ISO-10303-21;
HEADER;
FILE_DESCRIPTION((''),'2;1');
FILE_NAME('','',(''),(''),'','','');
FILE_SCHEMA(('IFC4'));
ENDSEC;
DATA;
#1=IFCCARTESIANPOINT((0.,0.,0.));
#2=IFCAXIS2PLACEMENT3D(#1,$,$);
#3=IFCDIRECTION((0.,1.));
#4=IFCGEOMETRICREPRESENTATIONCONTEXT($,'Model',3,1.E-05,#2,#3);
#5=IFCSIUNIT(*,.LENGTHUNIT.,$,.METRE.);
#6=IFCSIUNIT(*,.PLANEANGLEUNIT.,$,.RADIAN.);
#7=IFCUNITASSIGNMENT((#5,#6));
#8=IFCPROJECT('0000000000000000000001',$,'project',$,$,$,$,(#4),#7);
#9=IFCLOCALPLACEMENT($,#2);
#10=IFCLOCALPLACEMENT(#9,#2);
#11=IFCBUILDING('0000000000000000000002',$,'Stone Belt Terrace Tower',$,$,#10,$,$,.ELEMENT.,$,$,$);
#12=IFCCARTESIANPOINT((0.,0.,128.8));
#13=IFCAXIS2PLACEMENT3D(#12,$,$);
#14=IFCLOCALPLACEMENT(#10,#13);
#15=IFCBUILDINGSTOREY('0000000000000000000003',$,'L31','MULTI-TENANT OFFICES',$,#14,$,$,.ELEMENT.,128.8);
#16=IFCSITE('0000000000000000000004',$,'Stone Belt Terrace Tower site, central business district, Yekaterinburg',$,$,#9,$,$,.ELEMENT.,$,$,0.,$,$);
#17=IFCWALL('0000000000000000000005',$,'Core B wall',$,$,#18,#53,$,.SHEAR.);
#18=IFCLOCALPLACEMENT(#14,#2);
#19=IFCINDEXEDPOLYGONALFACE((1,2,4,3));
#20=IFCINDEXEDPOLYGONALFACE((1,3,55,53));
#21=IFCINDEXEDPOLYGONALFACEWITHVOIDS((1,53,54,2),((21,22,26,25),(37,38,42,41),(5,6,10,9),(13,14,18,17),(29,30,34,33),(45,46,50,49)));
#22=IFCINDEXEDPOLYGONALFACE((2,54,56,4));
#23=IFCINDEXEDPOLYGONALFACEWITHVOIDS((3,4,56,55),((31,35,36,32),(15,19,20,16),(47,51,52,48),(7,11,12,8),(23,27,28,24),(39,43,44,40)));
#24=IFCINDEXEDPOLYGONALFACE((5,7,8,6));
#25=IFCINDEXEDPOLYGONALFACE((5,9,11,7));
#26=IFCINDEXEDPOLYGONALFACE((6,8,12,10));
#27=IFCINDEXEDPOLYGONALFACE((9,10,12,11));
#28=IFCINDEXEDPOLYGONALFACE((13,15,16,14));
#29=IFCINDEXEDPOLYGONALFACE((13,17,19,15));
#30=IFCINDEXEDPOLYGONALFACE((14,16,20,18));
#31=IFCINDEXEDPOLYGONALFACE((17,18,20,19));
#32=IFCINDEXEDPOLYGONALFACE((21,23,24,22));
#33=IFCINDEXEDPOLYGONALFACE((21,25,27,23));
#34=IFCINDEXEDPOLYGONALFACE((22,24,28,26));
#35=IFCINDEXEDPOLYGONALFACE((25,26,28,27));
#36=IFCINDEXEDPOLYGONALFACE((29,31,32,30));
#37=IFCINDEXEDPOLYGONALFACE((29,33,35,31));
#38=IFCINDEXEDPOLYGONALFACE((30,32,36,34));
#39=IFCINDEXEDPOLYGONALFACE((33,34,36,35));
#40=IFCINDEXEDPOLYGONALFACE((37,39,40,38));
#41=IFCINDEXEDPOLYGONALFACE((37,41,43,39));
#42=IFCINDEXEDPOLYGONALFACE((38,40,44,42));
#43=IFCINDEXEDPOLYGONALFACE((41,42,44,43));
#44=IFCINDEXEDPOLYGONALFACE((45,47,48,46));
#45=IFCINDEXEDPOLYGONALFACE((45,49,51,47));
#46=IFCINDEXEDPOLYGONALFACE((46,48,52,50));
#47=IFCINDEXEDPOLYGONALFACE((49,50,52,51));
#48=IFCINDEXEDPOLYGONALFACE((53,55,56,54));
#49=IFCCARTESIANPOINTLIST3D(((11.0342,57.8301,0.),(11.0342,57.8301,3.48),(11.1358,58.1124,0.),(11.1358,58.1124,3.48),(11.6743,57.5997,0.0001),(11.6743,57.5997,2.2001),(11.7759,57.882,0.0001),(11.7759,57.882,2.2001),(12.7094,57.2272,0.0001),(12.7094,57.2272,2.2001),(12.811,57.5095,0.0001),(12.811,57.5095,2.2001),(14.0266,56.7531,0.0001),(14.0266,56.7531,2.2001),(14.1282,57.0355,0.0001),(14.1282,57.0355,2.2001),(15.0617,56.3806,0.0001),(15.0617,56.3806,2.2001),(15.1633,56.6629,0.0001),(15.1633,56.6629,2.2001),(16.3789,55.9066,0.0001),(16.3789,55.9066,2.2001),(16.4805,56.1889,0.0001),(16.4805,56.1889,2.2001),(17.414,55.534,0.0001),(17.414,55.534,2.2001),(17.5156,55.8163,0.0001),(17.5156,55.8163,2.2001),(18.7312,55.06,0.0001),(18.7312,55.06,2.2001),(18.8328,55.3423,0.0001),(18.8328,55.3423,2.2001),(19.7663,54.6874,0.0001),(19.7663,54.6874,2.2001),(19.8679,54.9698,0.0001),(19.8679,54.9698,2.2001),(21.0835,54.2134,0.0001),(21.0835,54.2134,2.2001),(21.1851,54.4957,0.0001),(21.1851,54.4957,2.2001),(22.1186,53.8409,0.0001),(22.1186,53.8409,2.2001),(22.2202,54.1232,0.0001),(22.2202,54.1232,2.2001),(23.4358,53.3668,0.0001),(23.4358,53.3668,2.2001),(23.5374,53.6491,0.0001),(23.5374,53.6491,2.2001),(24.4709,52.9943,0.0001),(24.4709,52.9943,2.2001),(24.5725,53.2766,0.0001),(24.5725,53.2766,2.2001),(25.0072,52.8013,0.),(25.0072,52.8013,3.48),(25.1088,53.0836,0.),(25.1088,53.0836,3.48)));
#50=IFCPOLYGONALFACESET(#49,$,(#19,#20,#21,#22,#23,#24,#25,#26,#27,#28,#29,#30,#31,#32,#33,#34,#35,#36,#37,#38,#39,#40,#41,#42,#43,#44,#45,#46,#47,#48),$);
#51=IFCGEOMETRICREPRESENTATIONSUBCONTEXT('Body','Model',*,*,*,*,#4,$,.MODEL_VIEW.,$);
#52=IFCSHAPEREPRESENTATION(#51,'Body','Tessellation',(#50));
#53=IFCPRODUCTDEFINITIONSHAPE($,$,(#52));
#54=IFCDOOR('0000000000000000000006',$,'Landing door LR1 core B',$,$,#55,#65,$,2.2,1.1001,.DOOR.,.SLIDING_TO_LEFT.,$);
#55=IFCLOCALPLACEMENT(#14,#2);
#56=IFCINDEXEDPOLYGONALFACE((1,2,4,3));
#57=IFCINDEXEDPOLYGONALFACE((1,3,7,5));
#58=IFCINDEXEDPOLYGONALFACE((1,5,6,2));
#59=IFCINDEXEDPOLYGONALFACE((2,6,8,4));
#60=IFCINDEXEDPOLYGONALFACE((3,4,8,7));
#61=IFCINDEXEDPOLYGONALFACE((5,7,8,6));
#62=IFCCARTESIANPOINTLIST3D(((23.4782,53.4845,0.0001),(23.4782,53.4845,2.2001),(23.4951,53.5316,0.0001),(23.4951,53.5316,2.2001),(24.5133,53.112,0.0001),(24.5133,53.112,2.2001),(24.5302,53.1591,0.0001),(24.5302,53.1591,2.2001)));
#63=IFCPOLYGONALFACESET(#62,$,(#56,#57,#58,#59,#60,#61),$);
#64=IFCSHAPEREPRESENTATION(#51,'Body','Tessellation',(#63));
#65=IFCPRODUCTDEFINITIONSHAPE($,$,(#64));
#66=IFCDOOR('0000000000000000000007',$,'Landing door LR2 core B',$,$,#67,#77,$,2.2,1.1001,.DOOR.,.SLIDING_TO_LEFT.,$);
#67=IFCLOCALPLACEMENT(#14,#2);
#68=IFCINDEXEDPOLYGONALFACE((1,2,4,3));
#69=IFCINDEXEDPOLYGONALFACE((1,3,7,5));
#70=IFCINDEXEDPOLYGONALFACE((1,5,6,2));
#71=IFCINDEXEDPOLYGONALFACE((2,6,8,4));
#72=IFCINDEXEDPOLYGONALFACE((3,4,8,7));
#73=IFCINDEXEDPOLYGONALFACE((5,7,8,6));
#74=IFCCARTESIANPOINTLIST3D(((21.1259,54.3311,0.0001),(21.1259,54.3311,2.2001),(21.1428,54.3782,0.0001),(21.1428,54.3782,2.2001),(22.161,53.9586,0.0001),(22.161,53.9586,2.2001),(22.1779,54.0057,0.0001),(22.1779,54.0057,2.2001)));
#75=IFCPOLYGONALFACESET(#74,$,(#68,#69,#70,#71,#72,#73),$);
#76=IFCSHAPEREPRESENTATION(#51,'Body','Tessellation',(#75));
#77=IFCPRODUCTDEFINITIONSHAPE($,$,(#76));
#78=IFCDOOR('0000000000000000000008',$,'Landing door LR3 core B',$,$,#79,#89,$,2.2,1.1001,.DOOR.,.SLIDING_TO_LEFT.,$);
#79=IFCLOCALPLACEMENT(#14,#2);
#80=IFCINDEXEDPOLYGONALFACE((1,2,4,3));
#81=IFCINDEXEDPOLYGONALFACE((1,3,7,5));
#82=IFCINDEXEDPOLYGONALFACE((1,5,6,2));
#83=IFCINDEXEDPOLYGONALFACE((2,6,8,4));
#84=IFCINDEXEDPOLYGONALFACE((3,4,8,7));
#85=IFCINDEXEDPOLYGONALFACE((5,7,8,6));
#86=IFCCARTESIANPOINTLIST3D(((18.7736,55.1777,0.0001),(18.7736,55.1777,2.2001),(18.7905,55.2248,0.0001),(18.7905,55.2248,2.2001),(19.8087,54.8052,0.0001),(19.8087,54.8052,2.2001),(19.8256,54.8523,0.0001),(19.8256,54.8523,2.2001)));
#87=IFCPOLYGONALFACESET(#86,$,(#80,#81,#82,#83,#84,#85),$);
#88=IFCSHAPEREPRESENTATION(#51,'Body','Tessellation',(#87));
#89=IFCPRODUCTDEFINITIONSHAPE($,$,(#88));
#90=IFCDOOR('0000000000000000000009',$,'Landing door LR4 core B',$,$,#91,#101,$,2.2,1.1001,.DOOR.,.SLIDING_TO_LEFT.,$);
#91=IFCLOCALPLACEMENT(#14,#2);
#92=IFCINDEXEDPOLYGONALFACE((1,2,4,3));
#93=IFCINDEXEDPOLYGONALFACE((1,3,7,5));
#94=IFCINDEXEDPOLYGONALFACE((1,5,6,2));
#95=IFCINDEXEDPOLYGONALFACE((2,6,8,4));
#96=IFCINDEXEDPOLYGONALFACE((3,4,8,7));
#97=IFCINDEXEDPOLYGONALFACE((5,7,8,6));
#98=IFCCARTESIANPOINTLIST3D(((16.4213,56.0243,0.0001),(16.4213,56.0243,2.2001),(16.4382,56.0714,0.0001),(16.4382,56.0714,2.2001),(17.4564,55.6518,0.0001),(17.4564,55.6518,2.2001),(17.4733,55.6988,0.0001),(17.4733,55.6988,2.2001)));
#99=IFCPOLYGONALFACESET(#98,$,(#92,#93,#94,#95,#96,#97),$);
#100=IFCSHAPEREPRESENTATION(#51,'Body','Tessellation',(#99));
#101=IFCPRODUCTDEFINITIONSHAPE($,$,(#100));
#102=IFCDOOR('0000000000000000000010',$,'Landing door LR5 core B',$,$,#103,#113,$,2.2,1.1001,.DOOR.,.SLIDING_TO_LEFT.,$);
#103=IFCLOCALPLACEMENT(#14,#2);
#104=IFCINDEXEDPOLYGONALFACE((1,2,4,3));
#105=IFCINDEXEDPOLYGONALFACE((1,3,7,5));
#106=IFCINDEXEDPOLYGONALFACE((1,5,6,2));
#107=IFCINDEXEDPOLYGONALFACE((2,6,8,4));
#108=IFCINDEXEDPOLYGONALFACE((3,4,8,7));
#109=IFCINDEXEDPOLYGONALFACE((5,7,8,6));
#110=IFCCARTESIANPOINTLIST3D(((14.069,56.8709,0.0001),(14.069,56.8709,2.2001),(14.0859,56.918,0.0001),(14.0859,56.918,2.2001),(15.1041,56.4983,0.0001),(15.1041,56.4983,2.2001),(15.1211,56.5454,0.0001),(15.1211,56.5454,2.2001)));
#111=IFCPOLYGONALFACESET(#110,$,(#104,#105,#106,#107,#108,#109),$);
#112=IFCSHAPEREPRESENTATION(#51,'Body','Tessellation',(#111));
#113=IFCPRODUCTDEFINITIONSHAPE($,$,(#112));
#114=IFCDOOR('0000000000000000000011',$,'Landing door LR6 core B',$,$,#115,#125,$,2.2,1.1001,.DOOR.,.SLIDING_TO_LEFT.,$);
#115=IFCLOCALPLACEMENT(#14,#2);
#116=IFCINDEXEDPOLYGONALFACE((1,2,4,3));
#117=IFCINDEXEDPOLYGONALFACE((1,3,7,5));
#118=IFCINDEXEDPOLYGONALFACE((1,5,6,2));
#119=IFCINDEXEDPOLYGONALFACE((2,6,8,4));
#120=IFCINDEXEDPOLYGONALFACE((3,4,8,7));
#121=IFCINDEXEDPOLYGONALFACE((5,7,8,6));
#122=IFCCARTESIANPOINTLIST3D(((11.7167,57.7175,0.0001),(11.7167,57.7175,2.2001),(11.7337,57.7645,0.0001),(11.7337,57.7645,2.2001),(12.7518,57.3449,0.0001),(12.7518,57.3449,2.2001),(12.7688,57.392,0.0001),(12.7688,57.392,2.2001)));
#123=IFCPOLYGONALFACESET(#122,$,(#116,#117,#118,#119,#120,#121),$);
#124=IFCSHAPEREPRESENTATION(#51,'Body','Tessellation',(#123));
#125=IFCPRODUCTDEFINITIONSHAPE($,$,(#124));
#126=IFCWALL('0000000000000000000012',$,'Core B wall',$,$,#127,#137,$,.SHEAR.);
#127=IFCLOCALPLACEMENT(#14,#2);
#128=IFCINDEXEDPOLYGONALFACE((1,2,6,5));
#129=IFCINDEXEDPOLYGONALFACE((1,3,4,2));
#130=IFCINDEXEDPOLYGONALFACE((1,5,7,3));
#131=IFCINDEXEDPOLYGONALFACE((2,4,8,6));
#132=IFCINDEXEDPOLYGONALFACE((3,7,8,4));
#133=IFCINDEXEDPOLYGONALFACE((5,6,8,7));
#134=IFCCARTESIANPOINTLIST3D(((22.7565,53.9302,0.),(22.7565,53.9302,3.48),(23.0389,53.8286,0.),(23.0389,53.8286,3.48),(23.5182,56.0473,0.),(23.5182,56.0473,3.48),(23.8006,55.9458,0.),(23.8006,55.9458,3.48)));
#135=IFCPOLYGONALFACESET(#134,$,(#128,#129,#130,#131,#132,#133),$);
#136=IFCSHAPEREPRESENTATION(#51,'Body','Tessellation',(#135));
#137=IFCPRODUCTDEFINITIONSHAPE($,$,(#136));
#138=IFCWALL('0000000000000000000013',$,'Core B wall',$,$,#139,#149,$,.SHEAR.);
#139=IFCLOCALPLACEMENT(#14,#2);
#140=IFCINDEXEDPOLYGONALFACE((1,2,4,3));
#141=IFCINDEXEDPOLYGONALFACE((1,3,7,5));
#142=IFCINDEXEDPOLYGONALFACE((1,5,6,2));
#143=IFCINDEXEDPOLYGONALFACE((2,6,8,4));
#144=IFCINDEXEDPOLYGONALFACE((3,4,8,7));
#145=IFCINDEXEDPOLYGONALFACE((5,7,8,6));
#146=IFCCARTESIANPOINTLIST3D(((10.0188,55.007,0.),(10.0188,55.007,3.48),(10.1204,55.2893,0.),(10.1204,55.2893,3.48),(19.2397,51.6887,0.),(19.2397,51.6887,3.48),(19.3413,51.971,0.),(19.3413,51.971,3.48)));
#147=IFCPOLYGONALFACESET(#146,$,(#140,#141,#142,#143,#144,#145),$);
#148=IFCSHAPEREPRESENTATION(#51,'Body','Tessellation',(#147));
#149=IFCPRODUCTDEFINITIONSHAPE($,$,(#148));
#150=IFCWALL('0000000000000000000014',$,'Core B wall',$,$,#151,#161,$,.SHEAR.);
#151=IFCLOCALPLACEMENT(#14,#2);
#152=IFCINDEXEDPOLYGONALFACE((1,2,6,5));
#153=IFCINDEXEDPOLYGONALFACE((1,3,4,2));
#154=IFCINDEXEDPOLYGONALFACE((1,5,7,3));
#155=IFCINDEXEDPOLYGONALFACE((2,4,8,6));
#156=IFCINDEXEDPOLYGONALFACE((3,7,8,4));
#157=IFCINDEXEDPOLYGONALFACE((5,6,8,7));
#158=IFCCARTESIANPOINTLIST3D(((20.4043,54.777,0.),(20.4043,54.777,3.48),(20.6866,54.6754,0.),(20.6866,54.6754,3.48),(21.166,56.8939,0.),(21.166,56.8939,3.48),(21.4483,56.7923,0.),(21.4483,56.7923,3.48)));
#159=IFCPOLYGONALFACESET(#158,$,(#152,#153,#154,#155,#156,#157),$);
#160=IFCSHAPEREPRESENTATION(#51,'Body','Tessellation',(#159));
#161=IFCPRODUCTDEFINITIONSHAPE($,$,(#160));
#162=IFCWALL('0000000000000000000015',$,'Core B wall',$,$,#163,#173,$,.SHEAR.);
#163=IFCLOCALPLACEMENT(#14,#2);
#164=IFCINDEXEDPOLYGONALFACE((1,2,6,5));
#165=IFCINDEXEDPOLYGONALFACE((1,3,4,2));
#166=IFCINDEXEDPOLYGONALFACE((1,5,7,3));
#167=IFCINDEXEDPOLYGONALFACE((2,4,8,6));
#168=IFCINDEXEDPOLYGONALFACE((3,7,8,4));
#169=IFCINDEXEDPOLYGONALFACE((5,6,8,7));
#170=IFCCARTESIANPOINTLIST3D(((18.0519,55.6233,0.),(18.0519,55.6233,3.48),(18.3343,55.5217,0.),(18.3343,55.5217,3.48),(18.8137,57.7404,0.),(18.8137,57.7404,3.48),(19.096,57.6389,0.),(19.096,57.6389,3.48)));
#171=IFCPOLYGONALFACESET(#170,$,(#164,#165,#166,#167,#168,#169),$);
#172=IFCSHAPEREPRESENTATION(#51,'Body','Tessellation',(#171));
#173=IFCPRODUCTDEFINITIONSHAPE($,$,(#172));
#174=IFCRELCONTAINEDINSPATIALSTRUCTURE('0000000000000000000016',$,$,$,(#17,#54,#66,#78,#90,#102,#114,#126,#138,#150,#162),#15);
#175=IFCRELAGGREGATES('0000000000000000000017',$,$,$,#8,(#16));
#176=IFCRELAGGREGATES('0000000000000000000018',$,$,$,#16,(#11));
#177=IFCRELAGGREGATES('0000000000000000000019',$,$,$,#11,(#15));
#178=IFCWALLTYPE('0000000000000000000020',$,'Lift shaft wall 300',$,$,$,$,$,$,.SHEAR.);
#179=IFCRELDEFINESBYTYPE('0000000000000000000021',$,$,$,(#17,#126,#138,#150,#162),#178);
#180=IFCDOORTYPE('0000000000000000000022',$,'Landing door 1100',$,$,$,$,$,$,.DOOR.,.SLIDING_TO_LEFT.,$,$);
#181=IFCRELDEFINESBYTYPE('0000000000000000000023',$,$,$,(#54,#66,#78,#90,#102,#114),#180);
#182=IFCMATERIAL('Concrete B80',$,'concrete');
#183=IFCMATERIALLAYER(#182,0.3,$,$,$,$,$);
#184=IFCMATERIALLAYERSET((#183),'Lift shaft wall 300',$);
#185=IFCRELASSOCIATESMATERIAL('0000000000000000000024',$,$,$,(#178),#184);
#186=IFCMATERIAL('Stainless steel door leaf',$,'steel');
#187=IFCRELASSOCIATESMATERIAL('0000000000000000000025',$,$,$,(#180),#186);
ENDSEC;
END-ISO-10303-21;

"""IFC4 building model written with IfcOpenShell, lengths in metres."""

from ifc_helpers import new_model, si_unit, direction, frame, frame_2d, origin, place, context, subcontext, project, spatial, rectangle, extrude, material, layer, layer_set, type_object, element, fill, save


model = new_model("IFC4")

# Units and contexts
model_context = context("Model", 3, precision=1e-05, world=origin(), true_north=direction((0.0, 1.0)))
body_context = subcontext(model_context, "Body", "Model", "MODEL_VIEW")
ifc_project = project(units=[si_unit("LENGTHUNIT", "METRE"), si_unit("PLANEANGLEUNIT", "RADIAN")], contexts=[model_context])

# Site, building, storey
site_placement = place(None, origin())
site = spatial("IfcSite", under=ifc_project, at=site_placement, Name="Stone Belt Terrace Tower site, central business district, Yekaterinburg", CompositionType="ELEMENT", RefElevation=0.0)
building_placement = place(site_placement, origin())
building = spatial("IfcBuilding", under=site, at=building_placement, Name="Stone Belt Terrace Tower", CompositionType="ELEMENT")
storey_placement = place(building_placement, frame((0.0, 0.0, 128.8)))
storey = spatial("IfcBuildingStorey", under=building, at=storey_placement, Name="L31", Description="MULTI-TENANT OFFICES", CompositionType="ELEMENT", Elevation=128.8)

# Shared definitions
ifc_material_1 = material(Name="Concrete B80", Category="concrete")

# Shared definitions
ifc_layer_1 = layer(ifc_material_1, 0.3)
ifc_layer_set_1 = layer_set([ifc_layer_1], Name="Lift shaft wall 300")
wall_type_1 = type_object("IfcWallType", Name="Lift shaft wall 300", PredefinedType="SHEAR", material=ifc_layer_set_1)
ifc_material_2 = material(Name="Stainless steel door leaf", Category="steel")

# Wall, openings, doors
wall_1_placement = place(storey_placement, frame((25.0581, 52.9424, 0.0), z_axis=(0.0, 0.0, 1.0), x_axis=(-0.940918, 0.338634, 0.0)))
wall_1 = element("IfcWall", 1, at=wall_1_placement, inside=storey, type_object=wall_type_1, Name="Core B wall", PredefinedType="SHEAR", context=body_context, shape_type="SweptSolid", body=[
    extrude(rectangle(XDim=14.8503, YDim=0.3, at=frame_2d((7.4253, 0.0))), origin(), (0.0, 0.0, 1.0), 3.48),
])
opening_1_placement = place(wall_1_placement, frame((0.5701, 0.0, 0.0)))
opening_1 = element("IfcOpeningElement", 2, at=opening_1_placement, cuts=wall_1, PredefinedType="OPENING", context=body_context, shape_type="SweptSolid", body=[
    extrude(rectangle(XDim=1.1001, YDim=2.2, at=frame_2d((0.55, 1.1001))), frame((0.0, 0.1599, 0.0), z_axis=(0.0, -1.0, 0.0), x_axis=(1.0, 0.0, 0.0)), (0.0, 0.0, 1.0), 0.3201),
])
opening_2_placement = place(wall_1_placement, frame((3.0701, 0.0, 0.0)))
opening_2 = element("IfcOpeningElement", 3, at=opening_2_placement, cuts=wall_1, PredefinedType="OPENING", context=body_context, shape_type="SweptSolid", body=[
    extrude(rectangle(XDim=1.1001, YDim=2.2, at=frame_2d((0.55, 1.1001))), frame((0.0, 0.1599, 0.0), z_axis=(0.0, -1.0, 0.0), x_axis=(1.0, 0.0, 0.0)), (0.0, 0.0, 1.0), 0.3201),
])
opening_3_placement = place(wall_1_placement, frame((5.5701, 0.0, 0.0)))
opening_3 = element("IfcOpeningElement", 4, at=opening_3_placement, cuts=wall_1, PredefinedType="OPENING", context=body_context, shape_type="SweptSolid", body=[
    extrude(rectangle(XDim=1.1001, YDim=2.2, at=frame_2d((0.55, 1.1001))), frame((0.0, 0.1599, 0.0), z_axis=(0.0, -1.0, 0.0), x_axis=(1.0, 0.0, 0.0)), (0.0, 0.0, 1.0), 0.3201),
])
opening_4_placement = place(wall_1_placement, frame((8.0701, 0.0, 0.0)))
opening_4 = element("IfcOpeningElement", 5, at=opening_4_placement, cuts=wall_1, PredefinedType="OPENING", context=body_context, shape_type="SweptSolid", body=[
    extrude(rectangle(XDim=1.1001, YDim=2.2, at=frame_2d((0.55, 1.1001))), frame((0.0, 0.1599, 0.0), z_axis=(0.0, -1.0, 0.0), x_axis=(1.0, 0.0, 0.0)), (0.0, 0.0, 1.0), 0.3201),
])
opening_5_placement = place(wall_1_placement, frame((10.5701, 0.0, 0.0)))
opening_5 = element("IfcOpeningElement", 6, at=opening_5_placement, cuts=wall_1, PredefinedType="OPENING", context=body_context, shape_type="SweptSolid", body=[
    extrude(rectangle(XDim=1.1001, YDim=2.2, at=frame_2d((0.55, 1.1001))), frame((0.0, 0.1599, 0.0), z_axis=(0.0, -1.0, 0.0), x_axis=(1.0, 0.0, 0.0)), (0.0, 0.0, 1.0), 0.3201),
])
opening_6_placement = place(wall_1_placement, frame((13.0701, 0.0, 0.0)))
opening_6 = element("IfcOpeningElement", 7, at=opening_6_placement, cuts=wall_1, PredefinedType="OPENING", context=body_context, shape_type="SweptSolid", body=[
    extrude(rectangle(XDim=1.1001, YDim=2.2, at=frame_2d((0.55, 1.1001))), frame((0.0, 0.1599, 0.0), z_axis=(0.0, -1.0, 0.0), x_axis=(1.0, 0.0, 0.0)), (0.0, 0.0, 1.0), 0.3201),
])
door_type_1 = type_object("IfcDoorType", Name="Landing door 1100", OperationType="SLIDING_TO_LEFT", PredefinedType="DOOR", material=ifc_material_2)
door_1_placement = place(opening_1_placement, origin())
door_1 = element("IfcDoor", 8, at=door_1_placement, inside=storey, type_object=door_type_1, Name="Landing door LR1 core B", OperationType="SLIDING_TO_LEFT", OverallHeight=2.2, OverallWidth=1.1001, PredefinedType="DOOR", context=body_context, shape_type="SweptSolid", body=[
    extrude(rectangle(XDim=1.1001, YDim=2.2, at=frame_2d((0.55, 1.1001))), frame((0.0, 0.0249, 0.0), z_axis=(0.0, -1.0, 0.0), x_axis=(1.0, 0.0, 0.0)), (0.0, 0.0, 1.0), 0.05),
])
fill(opening_1, door_1)
door_2_placement = place(opening_2_placement, origin())
door_2 = element("IfcDoor", 9, at=door_2_placement, inside=storey, type_object=door_type_1, Name="Landing door LR2 core B", OperationType="SLIDING_TO_LEFT", OverallHeight=2.2, OverallWidth=1.1001, PredefinedType="DOOR", context=body_context, shape_type="SweptSolid", body=[
    extrude(rectangle(XDim=1.1001, YDim=2.2, at=frame_2d((0.55, 1.1001))), frame((0.0, 0.0249, 0.0), z_axis=(0.0, -1.0, 0.0), x_axis=(1.0, 0.0, 0.0)), (0.0, 0.0, 1.0), 0.05),
])
fill(opening_2, door_2)
door_3_placement = place(opening_3_placement, origin())
door_3 = element("IfcDoor", 10, at=door_3_placement, inside=storey, type_object=door_type_1, Name="Landing door LR3 core B", OperationType="SLIDING_TO_LEFT", OverallHeight=2.2, OverallWidth=1.1001, PredefinedType="DOOR", context=body_context, shape_type="SweptSolid", body=[
    extrude(rectangle(XDim=1.1001, YDim=2.2, at=frame_2d((0.55, 1.1001))), frame((0.0, 0.0249, 0.0), z_axis=(0.0, -1.0, 0.0), x_axis=(1.0, 0.0, 0.0)), (0.0, 0.0, 1.0), 0.05),
])
fill(opening_3, door_3)
door_4_placement = place(opening_4_placement, origin())
door_4 = element("IfcDoor", 11, at=door_4_placement, inside=storey, type_object=door_type_1, Name="Landing door LR4 core B", OperationType="SLIDING_TO_LEFT", OverallHeight=2.2, OverallWidth=1.1001, PredefinedType="DOOR", context=body_context, shape_type="SweptSolid", body=[
    extrude(rectangle(XDim=1.1001, YDim=2.2, at=frame_2d((0.55, 1.1001))), frame((0.0, 0.0249, 0.0), z_axis=(0.0, -1.0, 0.0), x_axis=(1.0, 0.0, 0.0)), (0.0, 0.0, 1.0), 0.05),
])
fill(opening_4, door_4)
door_5_placement = place(opening_5_placement, origin())
door_5 = element("IfcDoor", 12, at=door_5_placement, inside=storey, type_object=door_type_1, Name="Landing door LR5 core B", OperationType="SLIDING_TO_LEFT", OverallHeight=2.2, OverallWidth=1.1001, PredefinedType="DOOR", context=body_context, shape_type="SweptSolid", body=[
    extrude(rectangle(XDim=1.1001, YDim=2.2, at=frame_2d((0.55, 1.1001))), frame((0.0, 0.0249, 0.0), z_axis=(0.0, -1.0, 0.0), x_axis=(1.0, 0.0, 0.0)), (0.0, 0.0, 1.0), 0.05),
])
fill(opening_5, door_5)
door_6_placement = place(opening_6_placement, origin())
door_6 = element("IfcDoor", 13, at=door_6_placement, inside=storey, type_object=door_type_1, Name="Landing door LR6 core B", OperationType="SLIDING_TO_LEFT", OverallHeight=2.2, OverallWidth=1.1001, PredefinedType="DOOR", context=body_context, shape_type="SweptSolid", body=[
    extrude(rectangle(XDim=1.1001, YDim=2.2, at=frame_2d((0.55, 1.1001))), frame((0.0, 0.0249, 0.0), z_axis=(0.0, -1.0, 0.0), x_axis=(1.0, 0.0, 0.0)), (0.0, 0.0, 1.0), 0.05),
])
fill(opening_6, door_6)

# Walls
wall_2_placement = place(storey_placement, frame((22.8977, 53.8794, 0.0), z_axis=(0.0, 0.0, 1.0), x_axis=(0.338535, 0.940954, 0.0)))
element("IfcWall", 14, at=wall_2_placement, inside=storey, type_object=wall_type_1, Name="Core B wall", PredefinedType="SHEAR", context=body_context, shape_type="SweptSolid", body=[
    extrude(rectangle(XDim=2.25, YDim=0.3, at=frame_2d((1.125, 0.0))), origin(), (0.0, 0.0, 1.0), 3.48),
])
wall_3_placement = place(storey_placement, frame((19.2905, 51.8298, 0.0), z_axis=(0.0, 0.0, 1.0), x_axis=(-0.940926, 0.338613, 0.0)))
element("IfcWall", 15, at=wall_3_placement, inside=storey, type_object=wall_type_1, Name="Core B wall", PredefinedType="SHEAR", context=body_context, shape_type="SweptSolid", body=[
    extrude(rectangle(XDim=9.7998, YDim=0.3, at=frame_2d((4.8999, 0.0))), origin(), (0.0, 0.0, 1.0), 3.48),
])
wall_4_placement = place(storey_placement, frame((20.5454, 54.7261, 0.0), z_axis=(0.0, 0.0, 1.0), x_axis=(0.33857, 0.940941, 0.0)))
element("IfcWall", 16, at=wall_4_placement, inside=storey, type_object=wall_type_1, Name="Core B wall", PredefinedType="SHEAR", context=body_context, shape_type="SweptSolid", body=[
    extrude(rectangle(XDim=2.2498, YDim=0.3, at=frame_2d((1.125, 0.0))), origin(), (0.0, 0.0, 1.0), 3.48),
])
wall_5_placement = place(storey_placement, frame((18.1931, 55.5725, 0.0), z_axis=(0.0, 0.0, 1.0), x_axis=(0.338535, 0.940954, 0.0)))
element("IfcWall", 17, at=wall_5_placement, inside=storey, type_object=wall_type_1, Name="Core B wall", PredefinedType="SHEAR", context=body_context, shape_type="SweptSolid", body=[
    extrude(rectangle(XDim=2.25, YDim=0.3, at=frame_2d((1.125, 0.0))), origin(), (0.0, 0.0, 1.0), 3.48),
])

save(model, "model.ifc")
